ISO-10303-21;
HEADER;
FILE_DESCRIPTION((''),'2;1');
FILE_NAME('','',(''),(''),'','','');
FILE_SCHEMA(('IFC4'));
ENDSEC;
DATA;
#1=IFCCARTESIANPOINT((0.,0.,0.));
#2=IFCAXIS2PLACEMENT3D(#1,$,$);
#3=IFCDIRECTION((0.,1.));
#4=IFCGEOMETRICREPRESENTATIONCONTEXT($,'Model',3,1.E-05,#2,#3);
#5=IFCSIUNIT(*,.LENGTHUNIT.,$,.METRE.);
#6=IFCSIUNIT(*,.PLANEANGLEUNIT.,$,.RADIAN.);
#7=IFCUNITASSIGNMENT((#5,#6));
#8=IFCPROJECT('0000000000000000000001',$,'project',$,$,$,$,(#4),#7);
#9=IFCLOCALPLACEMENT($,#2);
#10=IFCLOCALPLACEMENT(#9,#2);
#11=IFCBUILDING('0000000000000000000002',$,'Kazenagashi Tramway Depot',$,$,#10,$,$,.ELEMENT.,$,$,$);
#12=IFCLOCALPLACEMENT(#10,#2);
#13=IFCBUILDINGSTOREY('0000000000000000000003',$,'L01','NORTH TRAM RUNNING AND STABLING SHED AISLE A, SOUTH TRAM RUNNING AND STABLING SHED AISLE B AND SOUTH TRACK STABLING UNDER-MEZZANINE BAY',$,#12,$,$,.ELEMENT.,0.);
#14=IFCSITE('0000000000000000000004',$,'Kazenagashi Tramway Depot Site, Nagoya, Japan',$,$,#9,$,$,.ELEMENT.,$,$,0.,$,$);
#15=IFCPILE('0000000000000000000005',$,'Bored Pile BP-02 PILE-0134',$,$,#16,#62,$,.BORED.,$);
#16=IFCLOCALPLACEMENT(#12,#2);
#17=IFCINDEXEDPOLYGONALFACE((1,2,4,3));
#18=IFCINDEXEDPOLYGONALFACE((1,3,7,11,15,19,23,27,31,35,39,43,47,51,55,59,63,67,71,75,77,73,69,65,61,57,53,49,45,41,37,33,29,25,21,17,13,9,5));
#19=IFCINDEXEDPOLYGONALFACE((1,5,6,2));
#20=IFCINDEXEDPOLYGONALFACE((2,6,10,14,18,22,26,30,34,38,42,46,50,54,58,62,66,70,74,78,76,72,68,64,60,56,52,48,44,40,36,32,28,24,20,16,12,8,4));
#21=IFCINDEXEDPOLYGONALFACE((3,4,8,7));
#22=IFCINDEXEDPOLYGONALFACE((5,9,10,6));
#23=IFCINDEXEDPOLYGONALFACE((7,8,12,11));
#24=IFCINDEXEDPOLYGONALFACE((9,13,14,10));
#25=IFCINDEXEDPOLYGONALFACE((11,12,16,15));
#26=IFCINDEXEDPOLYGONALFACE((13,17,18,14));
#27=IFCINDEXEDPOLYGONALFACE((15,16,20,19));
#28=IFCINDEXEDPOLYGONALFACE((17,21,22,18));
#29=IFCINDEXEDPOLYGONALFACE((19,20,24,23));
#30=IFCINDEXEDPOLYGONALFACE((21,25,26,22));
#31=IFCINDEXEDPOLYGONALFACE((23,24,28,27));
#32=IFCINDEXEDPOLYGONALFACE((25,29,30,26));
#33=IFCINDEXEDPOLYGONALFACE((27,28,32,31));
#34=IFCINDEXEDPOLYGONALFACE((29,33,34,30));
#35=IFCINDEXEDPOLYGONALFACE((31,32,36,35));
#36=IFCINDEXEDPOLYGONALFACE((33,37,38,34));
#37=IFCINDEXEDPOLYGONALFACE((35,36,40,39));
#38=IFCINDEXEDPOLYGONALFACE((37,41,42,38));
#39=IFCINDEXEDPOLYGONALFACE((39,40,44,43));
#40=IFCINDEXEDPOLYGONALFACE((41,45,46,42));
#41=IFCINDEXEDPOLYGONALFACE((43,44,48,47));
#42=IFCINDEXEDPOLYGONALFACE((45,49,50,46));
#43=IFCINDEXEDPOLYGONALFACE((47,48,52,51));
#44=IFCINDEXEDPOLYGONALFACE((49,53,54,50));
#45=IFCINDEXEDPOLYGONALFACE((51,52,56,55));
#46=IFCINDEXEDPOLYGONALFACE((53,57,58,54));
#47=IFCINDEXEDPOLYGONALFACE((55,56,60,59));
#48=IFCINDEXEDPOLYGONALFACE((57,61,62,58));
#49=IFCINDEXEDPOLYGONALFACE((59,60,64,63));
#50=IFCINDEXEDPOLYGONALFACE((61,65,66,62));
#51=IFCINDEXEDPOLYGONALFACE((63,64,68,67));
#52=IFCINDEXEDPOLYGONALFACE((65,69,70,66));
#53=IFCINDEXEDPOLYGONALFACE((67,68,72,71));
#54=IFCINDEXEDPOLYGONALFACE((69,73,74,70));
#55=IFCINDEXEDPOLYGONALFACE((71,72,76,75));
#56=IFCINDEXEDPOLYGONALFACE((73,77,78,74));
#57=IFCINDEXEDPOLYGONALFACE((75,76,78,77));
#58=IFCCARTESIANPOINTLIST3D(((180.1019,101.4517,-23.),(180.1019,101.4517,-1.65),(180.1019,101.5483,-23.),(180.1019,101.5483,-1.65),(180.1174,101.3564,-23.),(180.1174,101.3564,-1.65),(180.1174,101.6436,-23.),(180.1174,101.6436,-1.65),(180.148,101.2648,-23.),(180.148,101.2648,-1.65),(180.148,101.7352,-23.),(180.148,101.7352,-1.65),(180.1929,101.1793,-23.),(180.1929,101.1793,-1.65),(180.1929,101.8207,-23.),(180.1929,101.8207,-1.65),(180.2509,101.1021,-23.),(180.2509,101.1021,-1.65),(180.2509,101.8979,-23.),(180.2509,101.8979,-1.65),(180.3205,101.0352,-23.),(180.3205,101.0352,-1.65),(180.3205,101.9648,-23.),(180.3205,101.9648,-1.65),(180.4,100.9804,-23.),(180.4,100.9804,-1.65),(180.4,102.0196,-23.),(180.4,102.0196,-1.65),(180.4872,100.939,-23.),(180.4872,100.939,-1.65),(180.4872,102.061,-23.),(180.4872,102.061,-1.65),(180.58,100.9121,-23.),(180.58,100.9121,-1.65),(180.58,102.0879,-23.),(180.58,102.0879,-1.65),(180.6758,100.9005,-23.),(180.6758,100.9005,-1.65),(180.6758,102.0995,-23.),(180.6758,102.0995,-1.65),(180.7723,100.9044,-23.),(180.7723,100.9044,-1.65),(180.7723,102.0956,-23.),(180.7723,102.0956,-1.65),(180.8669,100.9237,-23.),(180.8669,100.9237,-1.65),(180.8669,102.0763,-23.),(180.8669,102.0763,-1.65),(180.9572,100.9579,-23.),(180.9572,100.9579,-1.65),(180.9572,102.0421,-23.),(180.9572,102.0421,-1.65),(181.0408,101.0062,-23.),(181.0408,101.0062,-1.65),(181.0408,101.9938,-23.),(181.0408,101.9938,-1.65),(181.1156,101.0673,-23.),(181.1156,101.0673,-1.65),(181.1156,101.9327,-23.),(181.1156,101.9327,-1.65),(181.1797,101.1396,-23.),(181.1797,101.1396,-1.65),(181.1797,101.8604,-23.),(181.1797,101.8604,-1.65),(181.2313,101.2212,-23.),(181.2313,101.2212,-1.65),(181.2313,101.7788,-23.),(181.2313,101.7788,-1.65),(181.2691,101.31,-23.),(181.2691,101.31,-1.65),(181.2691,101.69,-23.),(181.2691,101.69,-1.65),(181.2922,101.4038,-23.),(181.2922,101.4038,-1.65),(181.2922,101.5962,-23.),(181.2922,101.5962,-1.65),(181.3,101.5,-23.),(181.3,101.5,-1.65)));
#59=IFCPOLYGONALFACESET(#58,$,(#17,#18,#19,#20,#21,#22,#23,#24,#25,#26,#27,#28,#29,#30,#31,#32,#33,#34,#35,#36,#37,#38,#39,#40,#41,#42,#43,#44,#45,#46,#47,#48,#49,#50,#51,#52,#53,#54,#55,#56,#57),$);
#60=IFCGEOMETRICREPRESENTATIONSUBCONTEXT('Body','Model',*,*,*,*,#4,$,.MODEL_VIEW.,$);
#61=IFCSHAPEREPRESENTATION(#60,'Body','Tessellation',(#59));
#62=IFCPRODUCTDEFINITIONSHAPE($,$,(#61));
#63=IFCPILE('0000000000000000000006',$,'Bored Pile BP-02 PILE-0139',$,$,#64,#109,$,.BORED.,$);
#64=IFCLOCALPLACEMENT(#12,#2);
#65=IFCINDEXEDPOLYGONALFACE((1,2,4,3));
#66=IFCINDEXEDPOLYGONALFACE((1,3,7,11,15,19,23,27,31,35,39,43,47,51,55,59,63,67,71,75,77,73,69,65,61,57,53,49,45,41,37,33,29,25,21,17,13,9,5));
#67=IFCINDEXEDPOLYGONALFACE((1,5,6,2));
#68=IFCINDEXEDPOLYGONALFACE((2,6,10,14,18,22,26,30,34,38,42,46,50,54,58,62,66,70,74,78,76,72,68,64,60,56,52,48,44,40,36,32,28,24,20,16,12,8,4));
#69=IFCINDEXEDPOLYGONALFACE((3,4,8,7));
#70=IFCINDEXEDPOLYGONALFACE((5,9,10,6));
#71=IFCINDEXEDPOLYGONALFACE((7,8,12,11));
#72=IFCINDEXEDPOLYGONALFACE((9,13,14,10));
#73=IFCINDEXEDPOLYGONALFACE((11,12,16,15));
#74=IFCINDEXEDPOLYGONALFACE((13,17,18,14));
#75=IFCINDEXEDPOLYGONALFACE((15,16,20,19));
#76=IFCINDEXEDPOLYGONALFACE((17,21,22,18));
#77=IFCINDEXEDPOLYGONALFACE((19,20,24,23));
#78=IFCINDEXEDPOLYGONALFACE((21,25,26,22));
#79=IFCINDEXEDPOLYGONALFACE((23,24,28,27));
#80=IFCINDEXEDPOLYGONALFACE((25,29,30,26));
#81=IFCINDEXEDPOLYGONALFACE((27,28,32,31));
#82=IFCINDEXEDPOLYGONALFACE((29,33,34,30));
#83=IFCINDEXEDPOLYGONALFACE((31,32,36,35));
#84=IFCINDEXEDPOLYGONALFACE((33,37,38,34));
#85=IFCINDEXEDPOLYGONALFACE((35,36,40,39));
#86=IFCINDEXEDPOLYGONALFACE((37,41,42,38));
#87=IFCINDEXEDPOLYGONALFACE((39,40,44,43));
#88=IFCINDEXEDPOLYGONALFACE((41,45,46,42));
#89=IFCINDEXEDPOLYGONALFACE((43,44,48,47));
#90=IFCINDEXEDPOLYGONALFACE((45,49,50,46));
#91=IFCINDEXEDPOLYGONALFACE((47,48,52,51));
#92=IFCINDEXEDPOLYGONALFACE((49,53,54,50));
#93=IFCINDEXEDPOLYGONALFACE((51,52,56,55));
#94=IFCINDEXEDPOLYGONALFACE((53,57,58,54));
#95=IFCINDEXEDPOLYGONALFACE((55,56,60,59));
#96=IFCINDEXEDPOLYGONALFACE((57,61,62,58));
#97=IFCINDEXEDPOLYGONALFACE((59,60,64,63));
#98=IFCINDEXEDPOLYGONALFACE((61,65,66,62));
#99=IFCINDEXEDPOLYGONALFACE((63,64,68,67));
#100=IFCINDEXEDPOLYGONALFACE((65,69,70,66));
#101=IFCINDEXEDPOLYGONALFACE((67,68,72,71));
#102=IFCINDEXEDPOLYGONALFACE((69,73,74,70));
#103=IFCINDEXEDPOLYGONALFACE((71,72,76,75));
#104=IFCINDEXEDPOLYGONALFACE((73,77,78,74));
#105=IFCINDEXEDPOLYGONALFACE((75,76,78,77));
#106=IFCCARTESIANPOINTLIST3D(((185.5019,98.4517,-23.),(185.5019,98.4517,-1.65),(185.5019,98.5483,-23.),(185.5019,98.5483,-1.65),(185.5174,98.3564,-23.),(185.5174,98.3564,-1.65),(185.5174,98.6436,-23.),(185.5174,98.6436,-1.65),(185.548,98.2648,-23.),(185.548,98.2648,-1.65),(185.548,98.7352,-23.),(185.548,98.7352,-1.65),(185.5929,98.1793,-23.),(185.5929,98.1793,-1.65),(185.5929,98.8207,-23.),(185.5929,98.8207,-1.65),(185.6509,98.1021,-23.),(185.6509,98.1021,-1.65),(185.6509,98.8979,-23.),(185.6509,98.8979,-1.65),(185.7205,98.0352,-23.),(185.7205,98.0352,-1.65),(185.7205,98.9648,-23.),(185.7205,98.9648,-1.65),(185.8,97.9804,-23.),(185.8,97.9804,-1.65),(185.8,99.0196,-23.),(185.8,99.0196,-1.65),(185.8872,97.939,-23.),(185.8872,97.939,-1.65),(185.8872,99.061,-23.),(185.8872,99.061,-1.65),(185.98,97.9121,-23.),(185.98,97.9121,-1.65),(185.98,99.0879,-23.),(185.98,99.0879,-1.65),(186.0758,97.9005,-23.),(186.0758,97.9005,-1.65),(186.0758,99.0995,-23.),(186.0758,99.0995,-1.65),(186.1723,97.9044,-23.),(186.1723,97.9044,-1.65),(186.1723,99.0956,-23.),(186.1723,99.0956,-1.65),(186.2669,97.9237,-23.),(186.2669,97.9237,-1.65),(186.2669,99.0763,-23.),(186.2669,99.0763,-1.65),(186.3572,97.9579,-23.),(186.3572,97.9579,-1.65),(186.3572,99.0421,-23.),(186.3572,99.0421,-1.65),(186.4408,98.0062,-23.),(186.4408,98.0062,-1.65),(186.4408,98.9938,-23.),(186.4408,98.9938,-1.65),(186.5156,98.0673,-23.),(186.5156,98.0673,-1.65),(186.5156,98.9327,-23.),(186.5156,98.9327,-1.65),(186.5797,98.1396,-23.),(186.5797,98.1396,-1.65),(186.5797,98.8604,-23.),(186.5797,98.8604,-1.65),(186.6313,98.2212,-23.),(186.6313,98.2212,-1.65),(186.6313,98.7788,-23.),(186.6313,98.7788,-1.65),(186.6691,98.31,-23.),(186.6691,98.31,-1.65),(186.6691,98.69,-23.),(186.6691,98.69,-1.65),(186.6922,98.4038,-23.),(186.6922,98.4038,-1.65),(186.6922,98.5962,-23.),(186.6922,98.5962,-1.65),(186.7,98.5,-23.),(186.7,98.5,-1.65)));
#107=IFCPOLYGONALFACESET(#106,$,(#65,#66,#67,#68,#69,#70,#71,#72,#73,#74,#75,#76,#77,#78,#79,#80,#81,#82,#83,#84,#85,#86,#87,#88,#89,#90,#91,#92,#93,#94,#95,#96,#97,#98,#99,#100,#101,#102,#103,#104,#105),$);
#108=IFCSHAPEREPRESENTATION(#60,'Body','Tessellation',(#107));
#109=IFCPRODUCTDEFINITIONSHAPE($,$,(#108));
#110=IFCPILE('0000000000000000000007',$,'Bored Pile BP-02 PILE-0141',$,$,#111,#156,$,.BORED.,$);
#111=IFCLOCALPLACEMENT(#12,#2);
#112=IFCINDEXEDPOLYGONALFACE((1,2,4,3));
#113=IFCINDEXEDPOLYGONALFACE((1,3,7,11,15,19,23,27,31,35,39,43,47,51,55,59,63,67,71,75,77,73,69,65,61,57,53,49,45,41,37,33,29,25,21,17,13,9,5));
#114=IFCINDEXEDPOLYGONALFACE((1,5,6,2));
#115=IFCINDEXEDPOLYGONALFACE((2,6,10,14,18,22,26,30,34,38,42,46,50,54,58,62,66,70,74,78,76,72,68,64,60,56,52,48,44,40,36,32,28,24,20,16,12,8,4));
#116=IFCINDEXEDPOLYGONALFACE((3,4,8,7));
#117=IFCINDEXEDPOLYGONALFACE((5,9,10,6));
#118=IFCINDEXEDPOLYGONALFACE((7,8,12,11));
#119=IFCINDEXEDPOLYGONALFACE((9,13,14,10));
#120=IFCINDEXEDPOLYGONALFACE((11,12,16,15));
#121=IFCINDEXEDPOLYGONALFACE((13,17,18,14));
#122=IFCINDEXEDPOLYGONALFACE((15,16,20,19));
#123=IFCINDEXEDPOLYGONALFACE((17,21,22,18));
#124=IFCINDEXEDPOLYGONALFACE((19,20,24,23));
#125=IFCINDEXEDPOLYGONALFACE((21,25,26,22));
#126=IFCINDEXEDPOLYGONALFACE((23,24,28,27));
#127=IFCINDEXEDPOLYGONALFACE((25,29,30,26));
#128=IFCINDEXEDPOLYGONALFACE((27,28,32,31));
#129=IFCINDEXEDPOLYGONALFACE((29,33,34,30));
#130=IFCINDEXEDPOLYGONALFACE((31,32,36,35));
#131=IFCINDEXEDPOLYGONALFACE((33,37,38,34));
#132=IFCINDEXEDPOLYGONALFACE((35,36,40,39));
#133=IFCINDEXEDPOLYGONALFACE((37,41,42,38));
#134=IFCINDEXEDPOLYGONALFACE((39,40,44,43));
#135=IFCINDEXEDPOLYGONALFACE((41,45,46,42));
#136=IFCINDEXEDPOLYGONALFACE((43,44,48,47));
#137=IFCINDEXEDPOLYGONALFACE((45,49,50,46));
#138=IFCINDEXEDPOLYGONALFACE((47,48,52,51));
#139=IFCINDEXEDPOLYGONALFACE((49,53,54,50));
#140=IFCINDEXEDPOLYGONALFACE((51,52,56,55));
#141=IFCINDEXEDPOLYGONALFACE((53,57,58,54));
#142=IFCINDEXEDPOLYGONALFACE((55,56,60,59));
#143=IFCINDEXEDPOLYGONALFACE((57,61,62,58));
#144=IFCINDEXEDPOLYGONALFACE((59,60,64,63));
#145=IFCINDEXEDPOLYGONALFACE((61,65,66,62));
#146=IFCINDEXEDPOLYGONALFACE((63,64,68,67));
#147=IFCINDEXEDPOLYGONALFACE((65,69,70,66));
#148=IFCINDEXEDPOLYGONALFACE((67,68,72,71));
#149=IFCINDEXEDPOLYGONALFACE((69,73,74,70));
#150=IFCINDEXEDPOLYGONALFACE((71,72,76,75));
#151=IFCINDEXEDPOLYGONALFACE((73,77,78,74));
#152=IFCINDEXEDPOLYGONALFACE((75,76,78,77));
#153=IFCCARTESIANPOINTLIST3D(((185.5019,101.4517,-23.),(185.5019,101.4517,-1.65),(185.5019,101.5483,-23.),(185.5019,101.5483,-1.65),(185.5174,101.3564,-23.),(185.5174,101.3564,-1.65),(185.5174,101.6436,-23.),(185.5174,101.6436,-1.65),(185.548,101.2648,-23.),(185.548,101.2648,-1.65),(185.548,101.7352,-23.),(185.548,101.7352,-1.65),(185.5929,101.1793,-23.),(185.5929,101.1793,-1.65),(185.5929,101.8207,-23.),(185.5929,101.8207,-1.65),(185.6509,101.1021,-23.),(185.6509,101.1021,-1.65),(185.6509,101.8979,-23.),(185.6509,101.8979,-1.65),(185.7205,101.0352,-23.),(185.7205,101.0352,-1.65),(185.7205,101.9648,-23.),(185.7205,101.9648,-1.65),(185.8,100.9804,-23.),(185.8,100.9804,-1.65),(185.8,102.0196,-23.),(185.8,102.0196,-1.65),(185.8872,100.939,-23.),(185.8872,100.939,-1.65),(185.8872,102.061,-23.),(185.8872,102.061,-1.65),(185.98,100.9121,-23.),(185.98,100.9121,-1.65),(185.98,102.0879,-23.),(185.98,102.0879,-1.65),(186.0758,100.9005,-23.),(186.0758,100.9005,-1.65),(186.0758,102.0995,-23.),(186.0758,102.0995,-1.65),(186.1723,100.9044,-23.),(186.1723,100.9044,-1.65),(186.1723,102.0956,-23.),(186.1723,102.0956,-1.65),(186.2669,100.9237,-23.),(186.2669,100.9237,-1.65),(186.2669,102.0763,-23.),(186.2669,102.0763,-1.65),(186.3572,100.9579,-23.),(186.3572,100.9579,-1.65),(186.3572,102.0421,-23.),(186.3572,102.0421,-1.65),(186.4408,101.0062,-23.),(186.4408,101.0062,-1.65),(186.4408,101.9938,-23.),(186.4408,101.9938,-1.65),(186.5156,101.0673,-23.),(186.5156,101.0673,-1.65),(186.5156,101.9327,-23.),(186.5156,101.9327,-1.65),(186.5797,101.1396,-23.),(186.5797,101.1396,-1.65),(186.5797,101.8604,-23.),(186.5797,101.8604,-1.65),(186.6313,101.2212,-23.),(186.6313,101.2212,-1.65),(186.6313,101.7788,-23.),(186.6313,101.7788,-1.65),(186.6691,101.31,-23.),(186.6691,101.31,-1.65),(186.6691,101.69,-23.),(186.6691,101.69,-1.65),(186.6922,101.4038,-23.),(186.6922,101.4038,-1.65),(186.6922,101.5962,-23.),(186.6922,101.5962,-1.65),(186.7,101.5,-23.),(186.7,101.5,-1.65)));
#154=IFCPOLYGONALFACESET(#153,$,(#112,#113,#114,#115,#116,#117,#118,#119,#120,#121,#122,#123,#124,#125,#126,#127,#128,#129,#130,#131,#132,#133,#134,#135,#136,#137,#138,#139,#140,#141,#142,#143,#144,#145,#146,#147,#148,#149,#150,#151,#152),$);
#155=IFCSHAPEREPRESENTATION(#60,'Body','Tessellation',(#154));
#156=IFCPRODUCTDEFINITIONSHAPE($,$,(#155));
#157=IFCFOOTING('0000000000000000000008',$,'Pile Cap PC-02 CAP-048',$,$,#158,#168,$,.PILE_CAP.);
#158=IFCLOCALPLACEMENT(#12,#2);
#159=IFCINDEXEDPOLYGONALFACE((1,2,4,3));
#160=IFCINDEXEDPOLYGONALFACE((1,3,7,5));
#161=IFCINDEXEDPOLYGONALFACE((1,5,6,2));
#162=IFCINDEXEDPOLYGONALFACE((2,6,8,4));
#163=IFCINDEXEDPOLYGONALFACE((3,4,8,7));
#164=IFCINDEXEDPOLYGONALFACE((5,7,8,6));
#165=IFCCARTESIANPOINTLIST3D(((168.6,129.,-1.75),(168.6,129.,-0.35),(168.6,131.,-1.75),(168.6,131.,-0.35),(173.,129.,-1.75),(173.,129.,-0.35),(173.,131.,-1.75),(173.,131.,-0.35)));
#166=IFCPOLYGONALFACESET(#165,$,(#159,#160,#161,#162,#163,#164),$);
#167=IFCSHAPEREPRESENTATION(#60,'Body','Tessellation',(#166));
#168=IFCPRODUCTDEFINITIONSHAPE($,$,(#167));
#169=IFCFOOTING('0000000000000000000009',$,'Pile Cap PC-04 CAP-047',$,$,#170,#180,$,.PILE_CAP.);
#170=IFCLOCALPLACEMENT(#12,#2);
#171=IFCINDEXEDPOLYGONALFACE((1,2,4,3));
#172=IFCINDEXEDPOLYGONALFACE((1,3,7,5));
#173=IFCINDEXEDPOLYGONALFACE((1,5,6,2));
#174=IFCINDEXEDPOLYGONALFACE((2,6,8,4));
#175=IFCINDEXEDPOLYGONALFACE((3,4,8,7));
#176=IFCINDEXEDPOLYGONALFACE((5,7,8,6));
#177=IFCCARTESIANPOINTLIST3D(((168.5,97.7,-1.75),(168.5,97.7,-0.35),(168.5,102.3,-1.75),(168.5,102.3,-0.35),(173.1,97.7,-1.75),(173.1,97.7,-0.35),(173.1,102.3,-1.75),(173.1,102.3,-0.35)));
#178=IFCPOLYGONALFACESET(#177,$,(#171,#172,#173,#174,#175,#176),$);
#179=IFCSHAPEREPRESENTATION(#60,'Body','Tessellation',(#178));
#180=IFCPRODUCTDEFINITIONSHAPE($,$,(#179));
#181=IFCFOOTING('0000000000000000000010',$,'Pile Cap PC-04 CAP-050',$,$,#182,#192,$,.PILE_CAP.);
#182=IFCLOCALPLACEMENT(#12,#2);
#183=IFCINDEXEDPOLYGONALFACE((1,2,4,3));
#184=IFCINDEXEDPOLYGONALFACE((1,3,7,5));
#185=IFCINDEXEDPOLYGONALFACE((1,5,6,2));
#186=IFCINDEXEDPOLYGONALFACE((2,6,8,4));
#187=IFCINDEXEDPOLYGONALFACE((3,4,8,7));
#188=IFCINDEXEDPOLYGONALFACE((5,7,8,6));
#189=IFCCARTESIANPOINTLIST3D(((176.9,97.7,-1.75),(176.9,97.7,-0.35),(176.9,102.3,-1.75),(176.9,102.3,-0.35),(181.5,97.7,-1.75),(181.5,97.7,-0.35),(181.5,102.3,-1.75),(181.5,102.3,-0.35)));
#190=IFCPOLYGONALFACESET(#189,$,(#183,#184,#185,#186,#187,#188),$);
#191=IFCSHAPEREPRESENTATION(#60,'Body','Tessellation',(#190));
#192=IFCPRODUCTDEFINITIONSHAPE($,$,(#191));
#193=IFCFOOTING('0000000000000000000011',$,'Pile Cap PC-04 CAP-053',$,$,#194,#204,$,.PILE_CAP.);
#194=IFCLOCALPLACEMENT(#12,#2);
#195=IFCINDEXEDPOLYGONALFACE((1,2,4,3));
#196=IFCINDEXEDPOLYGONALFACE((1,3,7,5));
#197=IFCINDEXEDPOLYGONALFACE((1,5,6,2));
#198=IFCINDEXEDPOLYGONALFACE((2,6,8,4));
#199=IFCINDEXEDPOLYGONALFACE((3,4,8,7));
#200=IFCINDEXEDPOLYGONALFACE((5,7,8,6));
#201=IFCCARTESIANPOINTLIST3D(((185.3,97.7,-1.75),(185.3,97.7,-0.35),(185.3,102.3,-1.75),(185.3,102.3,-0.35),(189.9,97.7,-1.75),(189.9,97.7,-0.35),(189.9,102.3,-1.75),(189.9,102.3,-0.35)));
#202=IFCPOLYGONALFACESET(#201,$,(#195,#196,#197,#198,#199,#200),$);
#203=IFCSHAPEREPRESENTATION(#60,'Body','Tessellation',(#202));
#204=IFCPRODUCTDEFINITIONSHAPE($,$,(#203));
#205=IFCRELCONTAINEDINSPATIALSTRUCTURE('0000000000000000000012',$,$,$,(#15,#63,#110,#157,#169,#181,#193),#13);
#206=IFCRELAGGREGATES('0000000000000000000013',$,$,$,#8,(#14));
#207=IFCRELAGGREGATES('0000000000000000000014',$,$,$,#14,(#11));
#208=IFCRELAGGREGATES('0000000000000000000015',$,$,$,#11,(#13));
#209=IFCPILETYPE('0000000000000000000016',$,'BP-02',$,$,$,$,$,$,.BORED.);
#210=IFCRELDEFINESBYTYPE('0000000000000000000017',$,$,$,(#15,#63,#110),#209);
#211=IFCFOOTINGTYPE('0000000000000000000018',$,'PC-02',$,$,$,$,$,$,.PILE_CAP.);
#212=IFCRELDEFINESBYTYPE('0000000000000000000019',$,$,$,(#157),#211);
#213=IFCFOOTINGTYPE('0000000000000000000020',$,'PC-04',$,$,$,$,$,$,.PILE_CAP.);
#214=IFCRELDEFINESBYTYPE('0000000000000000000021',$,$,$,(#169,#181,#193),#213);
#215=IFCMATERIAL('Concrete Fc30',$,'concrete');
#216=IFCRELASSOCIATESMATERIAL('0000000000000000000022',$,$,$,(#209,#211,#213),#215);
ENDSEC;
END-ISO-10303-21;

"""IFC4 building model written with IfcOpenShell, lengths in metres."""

from ifc_helpers import new_model, si_unit, direction, frame, origin, origin_2d, place, context, subcontext, project, spatial, rectangle, circle, extrude, material, material_profile, profile_set, type_object, element, save


model = new_model("IFC4")

# Units and contexts
model_context = context("Model", 3, precision=1e-05, world=origin(), true_north=direction((0.0, 1.0)))
body_context = subcontext(model_context, "Body", "Model", "MODEL_VIEW")
ifc_project = project(units=[si_unit("LENGTHUNIT", "METRE"), si_unit("PLANEANGLEUNIT", "RADIAN")], contexts=[model_context])

# Site, building, storey
site_placement = place(None, origin())
site = spatial("IfcSite", under=ifc_project, at=site_placement, Name="Kazenagashi Tramway Depot Site, Nagoya, Japan", CompositionType="ELEMENT", RefElevation=0.0)
building_placement = place(site_placement, origin())
building = spatial("IfcBuilding", under=site, at=building_placement, Name="Kazenagashi Tramway Depot", CompositionType="ELEMENT")
storey_placement = place(building_placement, origin())
storey = spatial("IfcBuildingStorey", under=building, at=storey_placement, Name="L01", Description="NORTH TRAM RUNNING AND STABLING SHED AISLE A, SOUTH TRAM RUNNING AND STABLING SHED AISLE B AND SOUTH TRACK STABLING UNDER-MEZZANINE BAY", CompositionType="ELEMENT", Elevation=0.0)

# Piles
ifc_material_1 = material(Name="Concrete Fc30", Category="concrete")
ifc_material_profile_1 = material_profile(ifc_material_1, circle(Radius=0.6, at=origin_2d()), Name="PILE-1200")
ifc_profile_set_1 = profile_set([ifc_material_profile_1], Name="Concrete Fc30")
pile_type = type_object("IfcPileType", Name="BP-02", PredefinedType="BORED", material=ifc_profile_set_1)
for number, where, z_axis, x_axis, name in (
    (1, (180.7, 101.5, -1.65), (0.0, 0.0, -1.0), (1.0, 0.0, 0.0), "Bored Pile BP-02 PILE-0134"),
    (2, (186.1, 98.5, -1.65), (0.0, 0.0, -1.0), (1.0, 0.0, 0.0), "Bored Pile BP-02 PILE-0139"),
    (3, (186.1, 101.5, -1.65), (0.0, 0.0, -1.0), (1.0, 0.0, 0.0), "Bored Pile BP-02 PILE-0141"),
):
    element("IfcPile", number, at=place(storey_placement, frame(where, z_axis=z_axis, x_axis=x_axis)), inside=storey, type_object=pile_type, Name=name, PredefinedType="BORED", context=body_context, shape_type="SweptSolid", body=[
        extrude(circle(Radius=0.6, at=origin_2d()), origin(), (0.0, 0.0, 1.0), 21.35),
    ])

# Footings
footing_type_1 = type_object("IfcFootingType", Name="PC-02", PredefinedType="PILE_CAP", material=ifc_material_1)
footing_placement = place(storey_placement, frame((170.8, 130.0, -1.75), z_axis=(0.0, 0.0, 1.0), x_axis=(1.0, 0.0, 0.0)))
element("IfcFooting", 4, at=footing_placement, inside=storey, type_object=footing_type_1, Name="Pile Cap PC-02 CAP-048", PredefinedType="PILE_CAP", context=body_context, shape_type="SweptSolid", body=[
    extrude(rectangle(XDim=4.4, YDim=2.0, at=origin_2d()), origin(), (0.0, 0.0, 1.0), 1.4),
])
footing_type_2 = type_object("IfcFootingType", Name="PC-04", PredefinedType="PILE_CAP", material=ifc_material_1)
for number, where, z_axis, x_axis, name in (
    (5, (170.8, 100.0, -1.75), (0.0, 0.0, 1.0), (1.0, 0.0, 0.0), "Pile Cap PC-04 CAP-047"),
    (6, (179.2, 100.0, -1.75), (0.0, 0.0, 1.0), (1.0, 0.0, 0.0), "Pile Cap PC-04 CAP-050"),
    (7, (187.6, 100.0, -1.75), (0.0, 0.0, 1.0), (1.0, 0.0, 0.0), "Pile Cap PC-04 CAP-053"),
):
    element("IfcFooting", number, at=place(storey_placement, frame(where, z_axis=z_axis, x_axis=x_axis)), inside=storey, type_object=footing_type_2, Name=name, PredefinedType="PILE_CAP", context=body_context, shape_type="SweptSolid", body=[
        extrude(rectangle(XDim=4.6, YDim=4.6, at=origin_2d()), origin(), (0.0, 0.0, 1.0), 1.4),
    ])

save(model, "model.ifc")
